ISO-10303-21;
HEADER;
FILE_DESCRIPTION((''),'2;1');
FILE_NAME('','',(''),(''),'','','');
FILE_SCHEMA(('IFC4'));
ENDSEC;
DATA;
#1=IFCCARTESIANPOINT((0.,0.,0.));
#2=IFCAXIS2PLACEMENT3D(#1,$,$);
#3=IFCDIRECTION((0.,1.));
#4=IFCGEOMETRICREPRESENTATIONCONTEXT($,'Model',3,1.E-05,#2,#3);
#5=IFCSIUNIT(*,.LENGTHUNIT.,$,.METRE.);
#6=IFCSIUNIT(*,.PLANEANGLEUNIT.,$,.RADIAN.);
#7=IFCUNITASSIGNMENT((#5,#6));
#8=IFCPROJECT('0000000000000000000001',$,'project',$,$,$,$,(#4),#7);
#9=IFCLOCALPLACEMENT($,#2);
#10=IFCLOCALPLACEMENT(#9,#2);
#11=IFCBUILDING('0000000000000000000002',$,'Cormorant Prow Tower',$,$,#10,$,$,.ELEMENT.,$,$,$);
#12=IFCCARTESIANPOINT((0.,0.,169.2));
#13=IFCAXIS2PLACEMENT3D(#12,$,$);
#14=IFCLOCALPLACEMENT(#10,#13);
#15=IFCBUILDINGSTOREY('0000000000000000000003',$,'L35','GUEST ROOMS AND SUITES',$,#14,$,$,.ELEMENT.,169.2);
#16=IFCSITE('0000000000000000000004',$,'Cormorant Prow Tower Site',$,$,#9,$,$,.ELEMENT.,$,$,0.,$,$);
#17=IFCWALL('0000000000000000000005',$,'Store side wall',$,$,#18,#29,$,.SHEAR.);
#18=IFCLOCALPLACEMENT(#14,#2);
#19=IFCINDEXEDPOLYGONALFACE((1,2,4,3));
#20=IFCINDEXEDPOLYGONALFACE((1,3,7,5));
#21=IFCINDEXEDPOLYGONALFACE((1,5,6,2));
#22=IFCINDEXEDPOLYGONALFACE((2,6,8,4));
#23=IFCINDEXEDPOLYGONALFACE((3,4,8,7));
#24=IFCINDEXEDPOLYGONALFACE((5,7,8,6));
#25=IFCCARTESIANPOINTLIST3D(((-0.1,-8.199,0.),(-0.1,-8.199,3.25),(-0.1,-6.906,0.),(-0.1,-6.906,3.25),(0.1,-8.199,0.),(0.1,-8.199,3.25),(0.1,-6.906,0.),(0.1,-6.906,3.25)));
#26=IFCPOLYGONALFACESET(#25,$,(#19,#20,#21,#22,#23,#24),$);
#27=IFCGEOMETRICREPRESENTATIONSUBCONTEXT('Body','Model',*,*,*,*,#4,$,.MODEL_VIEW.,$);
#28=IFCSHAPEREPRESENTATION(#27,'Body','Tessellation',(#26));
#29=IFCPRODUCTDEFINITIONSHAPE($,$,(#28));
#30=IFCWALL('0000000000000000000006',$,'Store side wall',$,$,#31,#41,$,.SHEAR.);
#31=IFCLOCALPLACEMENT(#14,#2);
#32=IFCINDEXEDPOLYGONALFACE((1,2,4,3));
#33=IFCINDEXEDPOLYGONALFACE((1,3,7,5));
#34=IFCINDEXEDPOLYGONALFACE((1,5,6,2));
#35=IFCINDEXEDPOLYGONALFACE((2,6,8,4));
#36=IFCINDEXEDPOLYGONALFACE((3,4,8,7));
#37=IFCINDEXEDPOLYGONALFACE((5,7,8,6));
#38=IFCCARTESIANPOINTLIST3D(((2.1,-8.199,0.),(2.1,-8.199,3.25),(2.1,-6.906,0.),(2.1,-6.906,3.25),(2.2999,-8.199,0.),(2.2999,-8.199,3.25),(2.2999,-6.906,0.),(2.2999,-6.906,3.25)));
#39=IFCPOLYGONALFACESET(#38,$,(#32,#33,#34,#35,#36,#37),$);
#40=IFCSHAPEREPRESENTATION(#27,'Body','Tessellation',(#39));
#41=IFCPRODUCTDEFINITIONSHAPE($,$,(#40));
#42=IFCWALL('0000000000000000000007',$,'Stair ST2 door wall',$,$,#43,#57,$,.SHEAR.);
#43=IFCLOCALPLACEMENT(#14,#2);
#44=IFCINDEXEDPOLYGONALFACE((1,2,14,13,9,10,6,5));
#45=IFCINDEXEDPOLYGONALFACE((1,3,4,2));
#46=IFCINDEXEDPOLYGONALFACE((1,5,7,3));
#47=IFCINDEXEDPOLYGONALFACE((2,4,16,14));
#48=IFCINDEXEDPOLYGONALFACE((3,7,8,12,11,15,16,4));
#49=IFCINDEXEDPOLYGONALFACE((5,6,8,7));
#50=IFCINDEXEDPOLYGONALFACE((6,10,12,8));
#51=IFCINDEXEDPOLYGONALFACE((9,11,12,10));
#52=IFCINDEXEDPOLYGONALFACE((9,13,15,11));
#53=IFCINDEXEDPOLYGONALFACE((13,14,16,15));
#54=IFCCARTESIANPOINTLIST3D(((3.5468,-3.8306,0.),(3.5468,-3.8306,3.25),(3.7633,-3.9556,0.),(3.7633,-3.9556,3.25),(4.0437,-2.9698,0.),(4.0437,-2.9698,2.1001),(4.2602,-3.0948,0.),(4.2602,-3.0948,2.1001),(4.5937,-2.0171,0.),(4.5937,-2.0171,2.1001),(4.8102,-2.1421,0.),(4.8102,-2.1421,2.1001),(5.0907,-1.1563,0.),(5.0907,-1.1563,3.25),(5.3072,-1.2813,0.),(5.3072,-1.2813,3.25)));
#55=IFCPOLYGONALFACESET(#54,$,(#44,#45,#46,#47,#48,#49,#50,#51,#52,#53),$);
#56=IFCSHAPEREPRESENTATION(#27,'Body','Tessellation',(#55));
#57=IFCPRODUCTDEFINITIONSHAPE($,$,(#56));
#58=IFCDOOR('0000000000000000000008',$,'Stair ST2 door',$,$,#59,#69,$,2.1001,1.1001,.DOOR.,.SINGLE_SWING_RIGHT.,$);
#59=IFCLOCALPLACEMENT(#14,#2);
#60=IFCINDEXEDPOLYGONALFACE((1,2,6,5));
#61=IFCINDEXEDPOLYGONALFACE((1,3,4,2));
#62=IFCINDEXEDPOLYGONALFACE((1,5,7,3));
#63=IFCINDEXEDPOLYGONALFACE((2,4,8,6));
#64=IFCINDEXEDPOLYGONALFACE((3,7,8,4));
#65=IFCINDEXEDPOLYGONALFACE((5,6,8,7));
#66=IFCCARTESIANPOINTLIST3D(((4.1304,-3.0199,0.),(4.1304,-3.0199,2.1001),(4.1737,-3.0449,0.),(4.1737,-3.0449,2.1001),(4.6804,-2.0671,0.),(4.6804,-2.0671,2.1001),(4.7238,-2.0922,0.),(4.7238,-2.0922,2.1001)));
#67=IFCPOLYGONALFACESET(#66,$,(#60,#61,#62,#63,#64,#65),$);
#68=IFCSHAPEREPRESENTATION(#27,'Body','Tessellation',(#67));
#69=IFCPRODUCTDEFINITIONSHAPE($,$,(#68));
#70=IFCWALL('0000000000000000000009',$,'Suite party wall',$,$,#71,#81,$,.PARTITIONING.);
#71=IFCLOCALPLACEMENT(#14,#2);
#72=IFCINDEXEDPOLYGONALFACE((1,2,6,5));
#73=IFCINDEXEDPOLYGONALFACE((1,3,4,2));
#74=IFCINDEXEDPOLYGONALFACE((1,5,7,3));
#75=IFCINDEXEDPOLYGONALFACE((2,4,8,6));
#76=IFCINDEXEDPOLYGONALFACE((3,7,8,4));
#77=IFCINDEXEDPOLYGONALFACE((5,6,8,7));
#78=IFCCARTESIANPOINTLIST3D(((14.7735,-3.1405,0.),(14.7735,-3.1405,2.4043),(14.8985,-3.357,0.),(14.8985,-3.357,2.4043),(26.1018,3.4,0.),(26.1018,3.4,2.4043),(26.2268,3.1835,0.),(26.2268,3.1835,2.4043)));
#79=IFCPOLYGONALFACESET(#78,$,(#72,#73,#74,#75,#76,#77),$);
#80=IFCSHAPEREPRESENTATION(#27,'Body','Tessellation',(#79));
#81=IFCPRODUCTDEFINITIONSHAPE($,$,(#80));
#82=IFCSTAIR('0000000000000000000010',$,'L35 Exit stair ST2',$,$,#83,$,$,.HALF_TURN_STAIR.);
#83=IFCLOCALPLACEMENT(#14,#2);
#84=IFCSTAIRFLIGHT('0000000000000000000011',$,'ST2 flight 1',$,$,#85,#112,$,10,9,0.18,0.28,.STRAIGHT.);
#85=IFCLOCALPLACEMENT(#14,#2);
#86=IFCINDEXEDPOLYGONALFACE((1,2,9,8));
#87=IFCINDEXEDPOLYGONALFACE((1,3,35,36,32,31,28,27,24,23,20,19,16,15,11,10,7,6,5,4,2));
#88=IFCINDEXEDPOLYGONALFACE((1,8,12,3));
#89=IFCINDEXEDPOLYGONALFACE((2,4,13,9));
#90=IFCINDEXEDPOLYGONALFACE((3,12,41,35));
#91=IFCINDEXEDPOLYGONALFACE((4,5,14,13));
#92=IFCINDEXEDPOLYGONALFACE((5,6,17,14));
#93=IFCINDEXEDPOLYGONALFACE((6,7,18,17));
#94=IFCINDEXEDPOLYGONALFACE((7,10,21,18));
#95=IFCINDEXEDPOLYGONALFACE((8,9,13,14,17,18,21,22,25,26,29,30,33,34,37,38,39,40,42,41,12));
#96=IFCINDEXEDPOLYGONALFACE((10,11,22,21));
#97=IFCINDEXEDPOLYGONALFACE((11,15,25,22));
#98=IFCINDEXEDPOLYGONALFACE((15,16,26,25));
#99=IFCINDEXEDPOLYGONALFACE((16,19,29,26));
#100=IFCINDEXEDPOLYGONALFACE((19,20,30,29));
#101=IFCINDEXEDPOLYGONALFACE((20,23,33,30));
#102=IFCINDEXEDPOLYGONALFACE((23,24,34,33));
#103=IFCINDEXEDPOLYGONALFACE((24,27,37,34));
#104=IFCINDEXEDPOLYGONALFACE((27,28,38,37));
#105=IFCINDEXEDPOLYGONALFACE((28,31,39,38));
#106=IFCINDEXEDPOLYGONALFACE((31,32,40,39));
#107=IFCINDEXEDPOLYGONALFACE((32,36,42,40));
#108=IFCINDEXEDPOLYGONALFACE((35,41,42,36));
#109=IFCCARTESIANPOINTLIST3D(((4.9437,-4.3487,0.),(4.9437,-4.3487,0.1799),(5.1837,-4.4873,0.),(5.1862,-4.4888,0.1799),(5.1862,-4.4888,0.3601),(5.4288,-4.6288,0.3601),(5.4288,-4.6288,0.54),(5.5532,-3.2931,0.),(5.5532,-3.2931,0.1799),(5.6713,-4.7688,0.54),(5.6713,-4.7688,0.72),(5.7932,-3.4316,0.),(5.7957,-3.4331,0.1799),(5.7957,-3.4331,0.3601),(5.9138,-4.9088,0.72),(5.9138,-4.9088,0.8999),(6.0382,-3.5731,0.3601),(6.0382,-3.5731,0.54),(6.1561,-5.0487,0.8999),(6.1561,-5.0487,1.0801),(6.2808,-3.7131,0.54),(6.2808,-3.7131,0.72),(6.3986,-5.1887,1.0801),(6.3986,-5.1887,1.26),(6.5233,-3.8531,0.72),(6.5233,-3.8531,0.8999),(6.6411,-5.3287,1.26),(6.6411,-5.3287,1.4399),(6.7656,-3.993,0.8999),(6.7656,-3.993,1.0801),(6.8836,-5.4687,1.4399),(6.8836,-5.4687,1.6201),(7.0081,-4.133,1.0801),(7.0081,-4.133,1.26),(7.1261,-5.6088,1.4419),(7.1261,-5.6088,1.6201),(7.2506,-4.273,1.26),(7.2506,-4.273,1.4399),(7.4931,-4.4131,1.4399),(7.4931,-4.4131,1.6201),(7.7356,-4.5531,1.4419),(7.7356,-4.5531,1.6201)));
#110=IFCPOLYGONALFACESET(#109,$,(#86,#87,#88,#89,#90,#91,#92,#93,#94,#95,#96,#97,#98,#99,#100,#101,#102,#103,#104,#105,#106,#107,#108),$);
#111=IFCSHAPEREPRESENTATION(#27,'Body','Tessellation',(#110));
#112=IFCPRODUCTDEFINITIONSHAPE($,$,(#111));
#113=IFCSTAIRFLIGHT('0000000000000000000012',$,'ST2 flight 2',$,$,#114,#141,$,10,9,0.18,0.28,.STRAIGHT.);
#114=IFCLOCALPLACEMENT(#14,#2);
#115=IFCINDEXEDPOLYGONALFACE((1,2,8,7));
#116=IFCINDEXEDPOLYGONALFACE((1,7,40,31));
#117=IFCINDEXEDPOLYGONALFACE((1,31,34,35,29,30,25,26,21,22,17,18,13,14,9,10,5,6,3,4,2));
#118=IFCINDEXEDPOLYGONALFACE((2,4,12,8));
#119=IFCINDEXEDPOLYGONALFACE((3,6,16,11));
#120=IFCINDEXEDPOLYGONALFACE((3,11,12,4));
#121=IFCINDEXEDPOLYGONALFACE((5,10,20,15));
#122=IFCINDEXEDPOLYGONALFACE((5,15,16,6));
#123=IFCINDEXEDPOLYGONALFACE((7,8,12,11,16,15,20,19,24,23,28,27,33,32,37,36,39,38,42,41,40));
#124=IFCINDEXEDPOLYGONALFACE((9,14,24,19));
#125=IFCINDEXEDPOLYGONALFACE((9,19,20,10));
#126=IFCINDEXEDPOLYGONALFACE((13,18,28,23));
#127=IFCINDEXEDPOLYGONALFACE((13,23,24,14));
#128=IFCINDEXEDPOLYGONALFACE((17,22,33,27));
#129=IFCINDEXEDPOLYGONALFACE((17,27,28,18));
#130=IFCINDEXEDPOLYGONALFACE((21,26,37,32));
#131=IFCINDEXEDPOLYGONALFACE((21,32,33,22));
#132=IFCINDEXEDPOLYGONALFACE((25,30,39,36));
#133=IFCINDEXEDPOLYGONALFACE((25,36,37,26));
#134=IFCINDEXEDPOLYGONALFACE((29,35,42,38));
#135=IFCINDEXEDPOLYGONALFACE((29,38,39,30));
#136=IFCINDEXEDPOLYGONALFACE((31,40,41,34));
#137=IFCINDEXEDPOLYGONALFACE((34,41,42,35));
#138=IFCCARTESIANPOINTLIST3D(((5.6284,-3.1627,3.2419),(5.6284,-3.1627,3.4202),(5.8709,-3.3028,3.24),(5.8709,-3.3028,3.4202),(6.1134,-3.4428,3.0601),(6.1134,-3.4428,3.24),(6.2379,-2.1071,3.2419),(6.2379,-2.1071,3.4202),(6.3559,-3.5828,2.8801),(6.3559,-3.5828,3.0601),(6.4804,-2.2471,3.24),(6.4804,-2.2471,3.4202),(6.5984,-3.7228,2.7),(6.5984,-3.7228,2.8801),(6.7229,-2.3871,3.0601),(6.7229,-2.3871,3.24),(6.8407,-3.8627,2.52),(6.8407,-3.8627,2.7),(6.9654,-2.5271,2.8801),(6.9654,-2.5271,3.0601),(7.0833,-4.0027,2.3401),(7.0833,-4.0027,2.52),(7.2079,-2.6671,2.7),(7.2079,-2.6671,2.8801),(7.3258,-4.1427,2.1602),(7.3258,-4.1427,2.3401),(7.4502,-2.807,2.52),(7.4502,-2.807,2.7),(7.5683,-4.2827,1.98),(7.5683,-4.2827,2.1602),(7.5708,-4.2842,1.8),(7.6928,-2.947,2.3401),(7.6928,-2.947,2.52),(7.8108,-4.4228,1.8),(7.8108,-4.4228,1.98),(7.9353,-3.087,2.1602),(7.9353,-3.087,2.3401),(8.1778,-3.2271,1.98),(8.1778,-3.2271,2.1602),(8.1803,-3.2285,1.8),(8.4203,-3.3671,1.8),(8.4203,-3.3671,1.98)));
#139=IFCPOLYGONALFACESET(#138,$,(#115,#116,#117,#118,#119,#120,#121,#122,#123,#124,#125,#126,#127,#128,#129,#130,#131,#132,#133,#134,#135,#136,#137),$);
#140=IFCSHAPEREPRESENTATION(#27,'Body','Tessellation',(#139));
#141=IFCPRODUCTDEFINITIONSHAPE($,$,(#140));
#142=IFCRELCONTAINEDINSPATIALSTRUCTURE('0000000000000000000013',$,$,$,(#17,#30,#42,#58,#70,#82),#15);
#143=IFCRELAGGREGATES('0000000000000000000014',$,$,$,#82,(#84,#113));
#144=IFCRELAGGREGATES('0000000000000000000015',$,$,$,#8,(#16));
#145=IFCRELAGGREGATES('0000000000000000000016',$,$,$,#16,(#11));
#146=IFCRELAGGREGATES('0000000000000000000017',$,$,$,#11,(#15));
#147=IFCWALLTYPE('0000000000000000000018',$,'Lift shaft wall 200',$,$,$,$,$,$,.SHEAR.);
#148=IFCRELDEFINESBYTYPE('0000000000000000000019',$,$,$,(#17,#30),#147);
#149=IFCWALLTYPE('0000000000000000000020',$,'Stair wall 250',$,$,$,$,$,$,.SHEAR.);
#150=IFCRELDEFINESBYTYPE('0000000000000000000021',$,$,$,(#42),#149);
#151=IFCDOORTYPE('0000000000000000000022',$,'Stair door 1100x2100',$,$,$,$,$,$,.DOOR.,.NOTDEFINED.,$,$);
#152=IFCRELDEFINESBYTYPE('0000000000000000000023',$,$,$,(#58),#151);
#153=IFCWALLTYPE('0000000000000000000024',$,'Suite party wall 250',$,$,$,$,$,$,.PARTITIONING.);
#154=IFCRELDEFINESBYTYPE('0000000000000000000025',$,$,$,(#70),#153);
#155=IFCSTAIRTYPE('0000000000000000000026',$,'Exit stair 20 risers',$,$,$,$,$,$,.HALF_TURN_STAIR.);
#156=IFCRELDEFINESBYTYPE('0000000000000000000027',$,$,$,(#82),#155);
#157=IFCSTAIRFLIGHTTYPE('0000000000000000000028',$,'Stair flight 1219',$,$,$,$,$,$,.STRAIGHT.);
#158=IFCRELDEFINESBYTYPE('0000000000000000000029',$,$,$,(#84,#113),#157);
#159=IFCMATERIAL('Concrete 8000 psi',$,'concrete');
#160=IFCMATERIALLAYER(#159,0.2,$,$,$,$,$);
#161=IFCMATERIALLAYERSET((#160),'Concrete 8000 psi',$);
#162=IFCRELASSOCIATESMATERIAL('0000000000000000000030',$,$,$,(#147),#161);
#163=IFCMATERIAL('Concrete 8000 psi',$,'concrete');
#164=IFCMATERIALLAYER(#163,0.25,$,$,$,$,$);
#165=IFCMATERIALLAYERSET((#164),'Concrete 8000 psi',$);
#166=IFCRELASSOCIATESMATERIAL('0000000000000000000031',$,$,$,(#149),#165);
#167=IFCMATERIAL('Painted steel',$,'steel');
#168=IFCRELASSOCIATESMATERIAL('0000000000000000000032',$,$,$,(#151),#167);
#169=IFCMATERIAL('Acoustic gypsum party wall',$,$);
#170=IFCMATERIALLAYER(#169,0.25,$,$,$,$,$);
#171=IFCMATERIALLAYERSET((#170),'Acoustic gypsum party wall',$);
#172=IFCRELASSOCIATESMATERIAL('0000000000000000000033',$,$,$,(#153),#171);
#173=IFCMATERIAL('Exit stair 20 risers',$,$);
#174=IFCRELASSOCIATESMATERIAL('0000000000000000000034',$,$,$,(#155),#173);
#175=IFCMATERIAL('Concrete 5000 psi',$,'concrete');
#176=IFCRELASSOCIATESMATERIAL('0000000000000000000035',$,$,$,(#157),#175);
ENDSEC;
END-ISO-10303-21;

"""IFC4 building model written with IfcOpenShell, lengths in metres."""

from ifc_helpers import new_model, si_unit, direction, frame, frame_2d, origin, place, context, subcontext, project, spatial, polyline, rectangle, outline, extrude, material, layer, layer_set, type_object, element, fill, aggregate, save


model = new_model("IFC4")

# Units and contexts
model_context = context("Model", 3, precision=1e-05, world=origin(), true_north=direction((0.0, 1.0)))
body_context = subcontext(model_context, "Body", "Model", "MODEL_VIEW")
ifc_project = project(units=[si_unit("LENGTHUNIT", "METRE"), si_unit("PLANEANGLEUNIT", "RADIAN")], contexts=[model_context])

# Site, building, storey
site_placement = place(None, origin())
site = spatial("IfcSite", under=ifc_project, at=site_placement, Name="Cormorant Prow Tower Site", CompositionType="ELEMENT", RefElevation=0.0)
building_placement = place(site_placement, origin())
building = spatial("IfcBuilding", under=site, at=building_placement, Name="Cormorant Prow Tower", CompositionType="ELEMENT")
storey_placement = place(building_placement, frame((0.0, 0.0, 169.2)))
storey = spatial("IfcBuildingStorey", under=building, at=storey_placement, Name="L35", Description="GUEST ROOMS AND SUITES", CompositionType="ELEMENT", Elevation=169.2)

# Walls
ifc_material_1 = material(Name="Concrete 8000 psi", Category="concrete")
ifc_layer_1 = layer(ifc_material_1, 0.2)
ifc_layer_set_1 = layer_set([ifc_layer_1], Name="Concrete 8000 psi")
wall_type_1 = type_object("IfcWallType", Name="Lift shaft wall 200", PredefinedType="SHEAR", material=ifc_layer_set_1)
for number, where, z_axis, x_axis, name in (
    (1, (0.0, -6.906, 0.0), (0.0, 0.0, 1.0), (0.0, -1.0, 0.0), "Store side wall"),
    (2, (2.2, -6.906, 0.0), (0.0, 0.0, 1.0), (0.0, -1.0, 0.0), "Store side wall"),
):
    element("IfcWall", number, at=place(storey_placement, frame(where, z_axis=z_axis, x_axis=x_axis)), inside=storey, type_object=wall_type_1, Name=name, PredefinedType="SHEAR", context=body_context, shape_type="SweptSolid", body=[
        extrude(rectangle(XDim=1.293, YDim=0.2, at=frame_2d((0.6465, 0.0))), origin(), (0.0, 0.0, 1.0), 3.25),
    ])

# Wall, opening, door
ifc_material_2 = material(Name="Concrete 8000 psi", Category="concrete")
ifc_layer_2 = layer(ifc_material_2, 0.25)
ifc_layer_set_2 = layer_set([ifc_layer_2], Name="Concrete 8000 psi")
wall_type_2 = type_object("IfcWallType", Name="Stair wall 250", PredefinedType="SHEAR", material=ifc_layer_set_2)
wall_1_placement = place(storey_placement, frame((3.655, -3.8931, 0.0), z_axis=(0.0, 0.0, 1.0), x_axis=(0.499983, 0.866035, 0.0)))
wall_1 = element("IfcWall", 3, at=wall_1_placement, inside=storey, type_object=wall_type_2, Name="Stair ST2 door wall", PredefinedType="SHEAR", context=body_context, shape_type="SweptSolid", body=[
    extrude(rectangle(XDim=3.0879, YDim=0.25, at=frame_2d((1.5439, 0.0))), origin(), (0.0, 0.0, 1.0), 3.25),
])
opening_1_placement = place(wall_1_placement, frame((0.9939, 0.0, 0.0)))
opening_1 = element("IfcOpeningElement", 4, at=opening_1_placement, cuts=wall_1, PredefinedType="OPENING", context=body_context, shape_type="SweptSolid", body=[
    extrude(rectangle(XDim=1.1001, YDim=2.1001, at=frame_2d((0.55, 1.05))), frame((0.0, 0.135, 0.0), z_axis=(0.0, -1.0, 0.0), x_axis=(1.0, 0.0, 0.0)), (0.0, 0.0, 1.0), 0.27),
])
ifc_material_3 = material(Name="Painted steel", Category="steel")
door_type_1 = type_object("IfcDoorType", Name="Stair door 1100x2100", OperationType="NOTDEFINED", PredefinedType="DOOR", material=ifc_material_3)
door_1_placement = place(opening_1_placement, origin())
door_1 = element("IfcDoor", 5, at=door_1_placement, inside=storey, type_object=door_type_1, Name="Stair ST2 door", OperationType="SINGLE_SWING_RIGHT", OverallHeight=2.1001, OverallWidth=1.1001, PredefinedType="DOOR", context=body_context, shape_type="SweptSolid", body=[
    extrude(rectangle(XDim=1.1001, YDim=2.1001, at=frame_2d((0.55, 1.05))), frame((0.0, 0.0249, 0.0), z_axis=(0.0, -1.0, 0.0), x_axis=(1.0, 0.0, 0.0)), (0.0, 0.0, 1.0), 0.05),
])
fill(opening_1, door_1)

# Wall
ifc_material_4 = material(Name="Acoustic gypsum party wall")
ifc_layer_3 = layer(ifc_material_4, 0.25)
ifc_layer_set_3 = layer_set([ifc_layer_3], Name="Acoustic gypsum party wall")
wall_type_3 = type_object("IfcWallType", Name="Suite party wall 250", PredefinedType="PARTITIONING", material=ifc_layer_set_3)
wall_2_placement = place(storey_placement, frame((14.8359, -3.2488, 0.0), z_axis=(0.0, 0.0, 1.0), x_axis=(0.866022, 0.500005, 0.0)))
element("IfcWall", 6, at=wall_2_placement, inside=storey, type_object=wall_type_3, Name="Suite party wall", PredefinedType="PARTITIONING", context=body_context, shape_type="SweptSolid", body=[
    extrude(rectangle(XDim=13.0808, YDim=0.25, at=frame_2d((6.5405, 0.0))), origin(), (0.0, 0.0, 1.0), 2.4043),
])

# Stair, stair flights
ifc_material_5 = material(Name="Exit stair 20 risers")
stair_type = type_object("IfcStairType", Name="Exit stair 20 risers", PredefinedType="HALF_TURN_STAIR", material=ifc_material_5)
stair_placement = place(storey_placement, origin())
stair = element("IfcStair", 7, at=stair_placement, inside=storey, type_object=stair_type, Name="L35 Exit stair ST2", PredefinedType="HALF_TURN_STAIR")
ifc_material_6 = material(Name="Concrete 5000 psi", Category="concrete")
stair_flight_type = type_object("IfcStairFlightType", Name="Stair flight 1219", PredefinedType="STRAIGHT", material=ifc_material_6)
stair_flight_1_placement = place(storey_placement, frame((5.2485, -3.8208, 0.0), z_axis=(0.0, 0.0, 1.0), x_axis=(0.866025, -0.5, 0.0)))
stair_flight_1 = element("IfcStairFlight", 8, at=stair_flight_1_placement, type_object=stair_flight_type, Name="ST2 flight 1", NumberOfRisers=10, NumberOfTreads=9, PredefinedType="STRAIGHT", RiserHeight=0.18, TreadLength=0.28, context=body_context, shape_type="SweptSolid", body=[
    extrude(outline(polyline([(0.0, 0.0), (0.0, 0.1799), (0.28, 0.1799), (0.28, 0.3601), (0.5601, 0.3601), (0.5601, 0.54), (0.8401, 0.54), (0.8401, 0.72), (1.1201, 0.72), (1.1201, 0.8999), (1.3999, 0.8999), (1.3999, 1.0801), (1.6799, 1.0801), (1.6799, 1.26), (1.96, 1.26), (1.96, 1.4399), (2.24, 1.4399), (2.24, 1.6201), (2.52, 1.6201), (2.52, 1.8), (2.52, 1.4419), (0.2771, 0.0), (0.0, 0.0)])), frame((0.0, 0.6094, 0.0), z_axis=(0.0, -1.0, 0.0), x_axis=(1.0, 0.0, 0.0)), (0.0, 0.0, 1.0), 1.219),
])
stair_flight_2_placement = place(storey_placement, frame((8.1155, -3.895, 1.8), z_axis=(0.0, 0.0, 1.0), x_axis=(-0.866025, 0.5, 0.0)))
stair_flight_2 = element("IfcStairFlight", 9, at=stair_flight_2_placement, type_object=stair_flight_type, Name="ST2 flight 2", NumberOfRisers=10, NumberOfTreads=9, PredefinedType="STRAIGHT", RiserHeight=0.18, TreadLength=0.28, context=body_context, shape_type="SweptSolid", body=[
    extrude(outline(polyline([(0.0, 0.0), (0.0, 0.1799), (0.28, 0.1799), (0.28, 0.3601), (0.5601, 0.3601), (0.5601, 0.54), (0.8401, 0.54), (0.8401, 0.72), (1.1201, 0.72), (1.1201, 0.8999), (1.3999, 0.8999), (1.3999, 1.0801), (1.6799, 1.0801), (1.6799, 1.26), (1.96, 1.26), (1.96, 1.4399), (2.24, 1.4399), (2.24, 1.6201), (2.52, 1.6201), (2.52, 1.8), (2.52, 1.4419), (0.2771, 0.0), (0.0, 0.0)])), frame((0.0, 0.6094, 0.0), z_axis=(0.0, -1.0, 0.0), x_axis=(1.0, 0.0, 0.0)), (0.0, 0.0, 1.0), 1.219),
])
aggregate(stair, [stair_flight_1, stair_flight_2])

save(model, "model.ifc")
